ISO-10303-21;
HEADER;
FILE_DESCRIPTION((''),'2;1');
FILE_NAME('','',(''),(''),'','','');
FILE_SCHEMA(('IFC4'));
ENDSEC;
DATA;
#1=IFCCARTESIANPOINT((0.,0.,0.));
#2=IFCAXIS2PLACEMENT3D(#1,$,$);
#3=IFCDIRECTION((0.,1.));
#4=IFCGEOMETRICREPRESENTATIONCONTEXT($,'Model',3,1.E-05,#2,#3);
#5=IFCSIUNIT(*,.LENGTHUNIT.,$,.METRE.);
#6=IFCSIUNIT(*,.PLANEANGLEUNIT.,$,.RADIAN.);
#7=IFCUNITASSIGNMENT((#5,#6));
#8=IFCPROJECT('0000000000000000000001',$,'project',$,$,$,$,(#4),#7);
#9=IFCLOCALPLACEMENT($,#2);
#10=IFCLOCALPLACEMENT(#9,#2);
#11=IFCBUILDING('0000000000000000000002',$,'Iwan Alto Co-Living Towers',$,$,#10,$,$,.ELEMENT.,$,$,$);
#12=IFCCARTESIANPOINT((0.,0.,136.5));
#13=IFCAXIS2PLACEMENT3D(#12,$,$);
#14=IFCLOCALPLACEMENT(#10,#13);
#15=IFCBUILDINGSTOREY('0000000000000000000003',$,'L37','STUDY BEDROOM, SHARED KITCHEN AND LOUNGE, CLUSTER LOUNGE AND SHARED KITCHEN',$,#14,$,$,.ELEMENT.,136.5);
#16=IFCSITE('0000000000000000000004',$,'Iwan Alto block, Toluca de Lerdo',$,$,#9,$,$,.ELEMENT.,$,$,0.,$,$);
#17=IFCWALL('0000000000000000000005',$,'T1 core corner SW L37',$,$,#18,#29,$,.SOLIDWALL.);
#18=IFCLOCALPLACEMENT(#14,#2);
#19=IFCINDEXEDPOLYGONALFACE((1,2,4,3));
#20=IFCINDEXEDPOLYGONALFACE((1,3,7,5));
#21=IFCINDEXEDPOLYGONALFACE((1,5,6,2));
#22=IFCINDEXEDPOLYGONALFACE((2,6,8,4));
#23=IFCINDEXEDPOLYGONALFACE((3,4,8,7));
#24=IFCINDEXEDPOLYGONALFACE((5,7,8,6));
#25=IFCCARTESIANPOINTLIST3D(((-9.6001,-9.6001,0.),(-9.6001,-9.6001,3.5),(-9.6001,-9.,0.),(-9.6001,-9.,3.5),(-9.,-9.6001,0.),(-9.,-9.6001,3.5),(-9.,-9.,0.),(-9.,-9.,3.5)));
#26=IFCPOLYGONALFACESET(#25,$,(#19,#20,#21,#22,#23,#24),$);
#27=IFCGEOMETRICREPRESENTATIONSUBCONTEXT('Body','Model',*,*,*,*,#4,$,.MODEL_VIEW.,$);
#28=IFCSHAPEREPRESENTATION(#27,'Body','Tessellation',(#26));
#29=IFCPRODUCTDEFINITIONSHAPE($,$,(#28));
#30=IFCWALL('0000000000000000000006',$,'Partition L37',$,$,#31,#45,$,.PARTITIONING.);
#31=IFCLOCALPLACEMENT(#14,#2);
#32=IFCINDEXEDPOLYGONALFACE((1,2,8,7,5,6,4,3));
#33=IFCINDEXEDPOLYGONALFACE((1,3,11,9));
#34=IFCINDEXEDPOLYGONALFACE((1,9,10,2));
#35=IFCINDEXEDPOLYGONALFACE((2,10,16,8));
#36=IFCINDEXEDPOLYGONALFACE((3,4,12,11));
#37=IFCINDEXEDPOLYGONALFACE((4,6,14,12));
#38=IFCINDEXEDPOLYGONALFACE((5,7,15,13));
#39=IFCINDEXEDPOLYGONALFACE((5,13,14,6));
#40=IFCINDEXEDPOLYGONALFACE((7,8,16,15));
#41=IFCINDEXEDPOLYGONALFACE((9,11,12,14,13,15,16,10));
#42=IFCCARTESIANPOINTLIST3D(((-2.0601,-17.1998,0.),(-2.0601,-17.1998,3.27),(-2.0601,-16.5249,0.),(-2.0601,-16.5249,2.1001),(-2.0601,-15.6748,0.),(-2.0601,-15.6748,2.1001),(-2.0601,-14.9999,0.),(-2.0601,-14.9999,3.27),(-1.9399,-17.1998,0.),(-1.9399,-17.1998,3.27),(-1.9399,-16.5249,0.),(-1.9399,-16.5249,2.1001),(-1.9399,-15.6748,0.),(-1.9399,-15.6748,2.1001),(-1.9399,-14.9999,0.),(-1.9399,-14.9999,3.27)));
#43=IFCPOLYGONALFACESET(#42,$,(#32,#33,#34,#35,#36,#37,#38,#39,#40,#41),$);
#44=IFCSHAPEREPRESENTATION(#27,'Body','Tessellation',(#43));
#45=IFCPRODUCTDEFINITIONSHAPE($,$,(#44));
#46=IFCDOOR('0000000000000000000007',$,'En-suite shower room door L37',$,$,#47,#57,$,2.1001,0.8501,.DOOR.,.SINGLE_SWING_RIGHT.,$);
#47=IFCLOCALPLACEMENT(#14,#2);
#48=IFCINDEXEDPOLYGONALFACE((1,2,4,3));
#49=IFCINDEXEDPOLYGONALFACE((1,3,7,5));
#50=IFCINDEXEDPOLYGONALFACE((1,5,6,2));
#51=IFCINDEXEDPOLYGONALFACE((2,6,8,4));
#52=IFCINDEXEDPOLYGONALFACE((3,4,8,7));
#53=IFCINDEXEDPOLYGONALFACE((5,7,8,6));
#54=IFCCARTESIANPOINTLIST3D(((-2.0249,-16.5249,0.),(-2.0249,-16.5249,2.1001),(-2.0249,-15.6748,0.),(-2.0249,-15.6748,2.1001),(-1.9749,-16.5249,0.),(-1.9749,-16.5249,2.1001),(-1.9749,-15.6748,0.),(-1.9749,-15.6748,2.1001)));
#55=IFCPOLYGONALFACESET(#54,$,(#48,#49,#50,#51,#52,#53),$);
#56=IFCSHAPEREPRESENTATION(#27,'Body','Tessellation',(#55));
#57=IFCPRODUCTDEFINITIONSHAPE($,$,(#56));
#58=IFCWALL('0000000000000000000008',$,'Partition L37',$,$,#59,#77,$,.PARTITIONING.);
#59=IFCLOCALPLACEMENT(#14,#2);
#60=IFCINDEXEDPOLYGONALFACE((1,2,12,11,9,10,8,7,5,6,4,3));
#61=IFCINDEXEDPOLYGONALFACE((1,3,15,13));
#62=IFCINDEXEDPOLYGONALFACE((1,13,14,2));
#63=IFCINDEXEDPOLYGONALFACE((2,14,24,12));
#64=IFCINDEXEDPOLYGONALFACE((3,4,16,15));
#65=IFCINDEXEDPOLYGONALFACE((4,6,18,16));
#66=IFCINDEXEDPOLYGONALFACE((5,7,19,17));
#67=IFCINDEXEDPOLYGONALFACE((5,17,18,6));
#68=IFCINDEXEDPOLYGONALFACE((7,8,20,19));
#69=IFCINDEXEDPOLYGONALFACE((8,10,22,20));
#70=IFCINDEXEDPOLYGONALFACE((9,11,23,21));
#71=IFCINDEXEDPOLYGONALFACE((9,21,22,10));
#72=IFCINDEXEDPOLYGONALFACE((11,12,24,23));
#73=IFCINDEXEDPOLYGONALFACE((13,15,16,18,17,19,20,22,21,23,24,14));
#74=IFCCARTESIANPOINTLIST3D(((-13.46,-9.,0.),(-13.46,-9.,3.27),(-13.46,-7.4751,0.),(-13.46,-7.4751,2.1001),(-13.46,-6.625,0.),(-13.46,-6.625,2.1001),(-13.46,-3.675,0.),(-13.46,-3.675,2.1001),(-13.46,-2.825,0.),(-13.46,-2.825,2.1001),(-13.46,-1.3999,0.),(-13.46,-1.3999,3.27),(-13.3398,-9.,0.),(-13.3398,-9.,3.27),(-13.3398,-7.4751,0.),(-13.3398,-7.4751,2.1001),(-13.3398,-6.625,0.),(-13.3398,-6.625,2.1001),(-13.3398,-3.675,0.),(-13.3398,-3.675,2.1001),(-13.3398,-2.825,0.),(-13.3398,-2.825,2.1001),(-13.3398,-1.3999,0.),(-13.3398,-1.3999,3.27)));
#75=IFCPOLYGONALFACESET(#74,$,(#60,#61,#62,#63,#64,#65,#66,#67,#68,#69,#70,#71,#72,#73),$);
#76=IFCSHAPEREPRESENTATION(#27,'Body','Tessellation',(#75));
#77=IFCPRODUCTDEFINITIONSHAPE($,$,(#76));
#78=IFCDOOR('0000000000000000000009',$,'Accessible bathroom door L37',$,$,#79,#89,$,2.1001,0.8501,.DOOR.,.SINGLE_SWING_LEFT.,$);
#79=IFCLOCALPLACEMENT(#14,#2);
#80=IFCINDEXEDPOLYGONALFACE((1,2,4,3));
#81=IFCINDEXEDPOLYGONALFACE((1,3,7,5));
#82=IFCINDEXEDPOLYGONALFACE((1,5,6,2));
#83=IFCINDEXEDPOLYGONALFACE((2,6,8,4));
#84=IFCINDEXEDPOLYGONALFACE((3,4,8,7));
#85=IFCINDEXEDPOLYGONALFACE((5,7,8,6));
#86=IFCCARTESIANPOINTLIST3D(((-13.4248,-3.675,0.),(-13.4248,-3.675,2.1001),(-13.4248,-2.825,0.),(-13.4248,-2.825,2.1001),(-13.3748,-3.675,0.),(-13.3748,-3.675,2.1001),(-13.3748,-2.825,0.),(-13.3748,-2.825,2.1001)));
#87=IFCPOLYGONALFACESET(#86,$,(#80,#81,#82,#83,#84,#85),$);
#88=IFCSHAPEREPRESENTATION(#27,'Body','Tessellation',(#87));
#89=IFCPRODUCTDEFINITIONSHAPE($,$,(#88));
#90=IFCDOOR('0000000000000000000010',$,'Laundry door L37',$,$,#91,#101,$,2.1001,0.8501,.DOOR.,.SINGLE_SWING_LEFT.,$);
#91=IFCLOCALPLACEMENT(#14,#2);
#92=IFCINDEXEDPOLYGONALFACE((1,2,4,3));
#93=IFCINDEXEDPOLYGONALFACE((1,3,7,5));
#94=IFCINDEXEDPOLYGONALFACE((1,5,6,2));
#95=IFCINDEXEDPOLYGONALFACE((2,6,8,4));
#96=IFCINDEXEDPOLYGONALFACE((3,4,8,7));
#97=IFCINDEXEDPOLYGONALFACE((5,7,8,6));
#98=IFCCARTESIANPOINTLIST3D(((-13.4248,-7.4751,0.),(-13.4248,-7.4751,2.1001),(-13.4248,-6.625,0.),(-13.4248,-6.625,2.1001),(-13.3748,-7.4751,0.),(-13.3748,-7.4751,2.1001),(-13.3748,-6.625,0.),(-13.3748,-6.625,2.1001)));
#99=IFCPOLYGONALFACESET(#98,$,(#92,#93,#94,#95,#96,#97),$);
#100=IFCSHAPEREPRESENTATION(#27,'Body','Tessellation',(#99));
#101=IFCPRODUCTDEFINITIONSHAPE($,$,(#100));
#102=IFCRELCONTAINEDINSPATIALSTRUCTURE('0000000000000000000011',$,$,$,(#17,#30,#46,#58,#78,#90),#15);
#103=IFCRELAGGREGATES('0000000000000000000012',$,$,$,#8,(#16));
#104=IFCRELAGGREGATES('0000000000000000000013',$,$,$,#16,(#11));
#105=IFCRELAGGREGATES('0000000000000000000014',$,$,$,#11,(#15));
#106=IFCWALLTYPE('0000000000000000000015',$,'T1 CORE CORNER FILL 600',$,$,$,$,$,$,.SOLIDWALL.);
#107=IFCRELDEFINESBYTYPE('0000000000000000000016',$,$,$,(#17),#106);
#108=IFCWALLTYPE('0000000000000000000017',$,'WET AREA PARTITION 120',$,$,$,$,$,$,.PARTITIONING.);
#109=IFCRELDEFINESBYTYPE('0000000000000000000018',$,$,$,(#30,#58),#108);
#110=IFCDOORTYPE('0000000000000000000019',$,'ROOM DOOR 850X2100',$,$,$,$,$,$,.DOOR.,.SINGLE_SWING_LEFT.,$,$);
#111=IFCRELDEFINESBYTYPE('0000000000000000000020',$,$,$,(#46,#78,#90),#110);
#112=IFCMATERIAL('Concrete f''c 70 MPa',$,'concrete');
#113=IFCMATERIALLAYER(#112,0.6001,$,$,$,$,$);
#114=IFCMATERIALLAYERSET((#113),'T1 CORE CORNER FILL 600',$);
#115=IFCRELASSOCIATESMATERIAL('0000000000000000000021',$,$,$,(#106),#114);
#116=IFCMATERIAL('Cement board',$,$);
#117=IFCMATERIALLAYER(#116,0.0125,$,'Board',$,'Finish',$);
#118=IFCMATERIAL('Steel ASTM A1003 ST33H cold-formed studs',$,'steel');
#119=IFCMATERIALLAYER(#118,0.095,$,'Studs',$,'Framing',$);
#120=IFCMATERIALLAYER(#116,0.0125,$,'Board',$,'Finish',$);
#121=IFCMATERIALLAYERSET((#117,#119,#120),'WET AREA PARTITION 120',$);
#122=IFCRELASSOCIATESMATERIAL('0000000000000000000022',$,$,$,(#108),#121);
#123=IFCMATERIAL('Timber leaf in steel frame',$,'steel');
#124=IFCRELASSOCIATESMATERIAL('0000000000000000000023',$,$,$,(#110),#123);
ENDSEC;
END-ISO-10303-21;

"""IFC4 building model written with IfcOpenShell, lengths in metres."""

from ifc_helpers import new_model, si_unit, direction, frame, frame_2d, origin, place, context, subcontext, project, spatial, rectangle, extrude, material, layer, layer_set, type_object, element, fill, save


model = new_model("IFC4")

# Units and contexts
model_context = context("Model", 3, precision=1e-05, world=origin(), true_north=direction((0.0, 1.0)))
body_context = subcontext(model_context, "Body", "Model", "MODEL_VIEW")
ifc_project = project(units=[si_unit("LENGTHUNIT", "METRE"), si_unit("PLANEANGLEUNIT", "RADIAN")], contexts=[model_context])

# Site, building, storey
site_placement = place(None, origin())
site = spatial("IfcSite", under=ifc_project, at=site_placement, Name="Iwan Alto block, Toluca de Lerdo", CompositionType="ELEMENT", RefElevation=0.0)
building_placement = place(site_placement, origin())
building = spatial("IfcBuilding", under=site, at=building_placement, Name="Iwan Alto Co-Living Towers", CompositionType="ELEMENT")
storey_placement = place(building_placement, frame((0.0, 0.0, 136.5)))
storey = spatial("IfcBuildingStorey", under=building, at=storey_placement, Name="L37", Description="STUDY BEDROOM, SHARED KITCHEN AND LOUNGE, CLUSTER LOUNGE AND SHARED KITCHEN", CompositionType="ELEMENT", Elevation=136.5)

# Shared definitions
ifc_material_1 = material(Name="Steel ASTM A1003 ST33H cold-formed studs", Category="steel")

# Wall
ifc_material_2 = material(Name="Concrete f'c 70 MPa", Category="concrete")
ifc_layer_1 = layer(ifc_material_2, 0.6001)
ifc_layer_set_1 = layer_set([ifc_layer_1], Name="T1 CORE CORNER FILL 600")
wall_type_1 = type_object("IfcWallType", Name="T1 CORE CORNER FILL 600", PredefinedType="SOLIDWALL", material=ifc_layer_set_1)
wall_1_placement = place(storey_placement, frame((-9.6001, -9.3, 0.0), z_axis=(0.0, 0.0, 1.0), x_axis=(1.0, 0.0, 0.0)))
element("IfcWall", 1, at=wall_1_placement, inside=storey, type_object=wall_type_1, Name="T1 core corner SW L37", PredefinedType="SOLIDWALL", context=body_context, shape_type="SweptSolid", body=[
    extrude(rectangle(XDim=0.6001, YDim=0.6001, at=frame_2d((0.3, 0.0))), origin(), (0.0, 0.0, 1.0), 3.5),
])

# Wall, opening, door
ifc_material_3 = material(Name="Cement board")
ifc_layer_2 = layer(ifc_material_3, 0.0125, Name="Board", Category="Finish")
ifc_layer_3 = layer(ifc_material_1, 0.095, Name="Studs", Category="Framing")
ifc_layer_4 = layer(ifc_material_3, 0.0125, Name="Board", Category="Finish")
ifc_layer_set_2 = layer_set([ifc_layer_2, ifc_layer_3, ifc_layer_4], Name="WET AREA PARTITION 120")
wall_type_2 = type_object("IfcWallType", Name="WET AREA PARTITION 120", PredefinedType="PARTITIONING", material=ifc_layer_set_2)
wall_2_placement = place(storey_placement, frame((-2.0, -17.2, 0.0), z_axis=(0.0, 0.0, 1.0), x_axis=(0.0, 1.0, 0.0)))
wall_2 = element("IfcWall", 2, at=wall_2_placement, inside=storey, type_object=wall_type_2, Name="Partition L37", PredefinedType="PARTITIONING", context=body_context, shape_type="SweptSolid", body=[
    extrude(rectangle(XDim=2.2, YDim=0.1201, at=frame_2d((1.1001, 0.0))), origin(), (0.0, 0.0, 1.0), 3.27),
])
opening_1_placement = place(wall_2_placement, frame((0.675, 0.0, 0.0)))
opening_1 = element("IfcOpeningElement", 3, at=opening_1_placement, cuts=wall_2, PredefinedType="OPENING", context=body_context, shape_type="SweptSolid", body=[
    extrude(rectangle(XDim=0.8501, YDim=2.1001, at=frame_2d((0.425, 1.05))), frame((0.0, 0.0701, 0.0), z_axis=(0.0, -1.0, 0.0), x_axis=(1.0, 0.0, 0.0)), (0.0, 0.0, 1.0), 0.1401),
])
ifc_material_4 = material(Name="Timber leaf in steel frame", Category="steel")
door_type_1 = type_object("IfcDoorType", Name="ROOM DOOR 850X2100", OperationType="SINGLE_SWING_LEFT", PredefinedType="DOOR", material=ifc_material_4)
door_1_placement = place(opening_1_placement, origin())
door_1 = element("IfcDoor", 4, at=door_1_placement, inside=storey, type_object=door_type_1, Name="En-suite shower room door L37", OperationType="SINGLE_SWING_RIGHT", OverallHeight=2.1001, OverallWidth=0.8501, PredefinedType="DOOR", context=body_context, shape_type="SweptSolid", body=[
    extrude(rectangle(XDim=0.8501, YDim=2.1001, at=frame_2d((0.425, 1.05))), frame((0.0, 0.0249, 0.0), z_axis=(0.0, -1.0, 0.0), x_axis=(1.0, 0.0, 0.0)), (0.0, 0.0, 1.0), 0.05),
])
fill(opening_1, door_1)

# Wall, openings, doors
wall_3_placement = place(storey_placement, frame((-13.3999, -9.0, 0.0), z_axis=(0.0, 0.0, 1.0), x_axis=(0.0, 1.0, 0.0)))
wall_3 = element("IfcWall", 5, at=wall_3_placement, inside=storey, type_object=wall_type_2, Name="Partition L37", PredefinedType="PARTITIONING", context=body_context, shape_type="SweptSolid", body=[
    extrude(rectangle(XDim=7.6001, YDim=0.1201, at=frame_2d((3.8, 0.0))), origin(), (0.0, 0.0, 1.0), 3.27),
])
opening_2_placement = place(wall_3_placement, frame((5.325, 0.0, 0.0)))
opening_2 = element("IfcOpeningElement", 6, at=opening_2_placement, cuts=wall_3, PredefinedType="OPENING", context=body_context, shape_type="SweptSolid", body=[
    extrude(rectangle(XDim=0.8501, YDim=2.1001, at=frame_2d((0.425, 1.05))), frame((0.0, 0.0701, 0.0), z_axis=(0.0, -1.0, 0.0), x_axis=(1.0, 0.0, 0.0)), (0.0, 0.0, 1.0), 0.1401),
])
opening_3_placement = place(wall_3_placement, frame((1.5249, 0.0, 0.0)))
opening_3 = element("IfcOpeningElement", 7, at=opening_3_placement, cuts=wall_3, PredefinedType="OPENING", context=body_context, shape_type="SweptSolid", body=[
    extrude(rectangle(XDim=0.8501, YDim=2.1001, at=frame_2d((0.425, 1.05))), frame((0.0, 0.0701, 0.0), z_axis=(0.0, -1.0, 0.0), x_axis=(1.0, 0.0, 0.0)), (0.0, 0.0, 1.0), 0.1401),
])
door_2_placement = place(opening_2_placement, origin())
door_2 = element("IfcDoor", 8, at=door_2_placement, inside=storey, type_object=door_type_1, Name="Accessible bathroom door L37", OperationType="SINGLE_SWING_LEFT", OverallHeight=2.1001, OverallWidth=0.8501, PredefinedType="DOOR", context=body_context, shape_type="SweptSolid", body=[
    extrude(rectangle(XDim=0.8501, YDim=2.1001, at=frame_2d((0.425, 1.05))), frame((0.0, 0.0249, 0.0), z_axis=(0.0, -1.0, 0.0), x_axis=(1.0, 0.0, 0.0)), (0.0, 0.0, 1.0), 0.05),
])
fill(opening_2, door_2)
door_3_placement = place(opening_3_placement, origin())
door_3 = element("IfcDoor", 9, at=door_3_placement, inside=storey, type_object=door_type_1, Name="Laundry door L37", OperationType="SINGLE_SWING_LEFT", OverallHeight=2.1001, OverallWidth=0.8501, PredefinedType="DOOR", context=body_context, shape_type="SweptSolid", body=[
    extrude(rectangle(XDim=0.8501, YDim=2.1001, at=frame_2d((0.425, 1.05))), frame((0.0, 0.0249, 0.0), z_axis=(0.0, -1.0, 0.0), x_axis=(1.0, 0.0, 0.0)), (0.0, 0.0, 1.0), 0.05),
])
fill(opening_3, door_3)

save(model, "model.ifc")
